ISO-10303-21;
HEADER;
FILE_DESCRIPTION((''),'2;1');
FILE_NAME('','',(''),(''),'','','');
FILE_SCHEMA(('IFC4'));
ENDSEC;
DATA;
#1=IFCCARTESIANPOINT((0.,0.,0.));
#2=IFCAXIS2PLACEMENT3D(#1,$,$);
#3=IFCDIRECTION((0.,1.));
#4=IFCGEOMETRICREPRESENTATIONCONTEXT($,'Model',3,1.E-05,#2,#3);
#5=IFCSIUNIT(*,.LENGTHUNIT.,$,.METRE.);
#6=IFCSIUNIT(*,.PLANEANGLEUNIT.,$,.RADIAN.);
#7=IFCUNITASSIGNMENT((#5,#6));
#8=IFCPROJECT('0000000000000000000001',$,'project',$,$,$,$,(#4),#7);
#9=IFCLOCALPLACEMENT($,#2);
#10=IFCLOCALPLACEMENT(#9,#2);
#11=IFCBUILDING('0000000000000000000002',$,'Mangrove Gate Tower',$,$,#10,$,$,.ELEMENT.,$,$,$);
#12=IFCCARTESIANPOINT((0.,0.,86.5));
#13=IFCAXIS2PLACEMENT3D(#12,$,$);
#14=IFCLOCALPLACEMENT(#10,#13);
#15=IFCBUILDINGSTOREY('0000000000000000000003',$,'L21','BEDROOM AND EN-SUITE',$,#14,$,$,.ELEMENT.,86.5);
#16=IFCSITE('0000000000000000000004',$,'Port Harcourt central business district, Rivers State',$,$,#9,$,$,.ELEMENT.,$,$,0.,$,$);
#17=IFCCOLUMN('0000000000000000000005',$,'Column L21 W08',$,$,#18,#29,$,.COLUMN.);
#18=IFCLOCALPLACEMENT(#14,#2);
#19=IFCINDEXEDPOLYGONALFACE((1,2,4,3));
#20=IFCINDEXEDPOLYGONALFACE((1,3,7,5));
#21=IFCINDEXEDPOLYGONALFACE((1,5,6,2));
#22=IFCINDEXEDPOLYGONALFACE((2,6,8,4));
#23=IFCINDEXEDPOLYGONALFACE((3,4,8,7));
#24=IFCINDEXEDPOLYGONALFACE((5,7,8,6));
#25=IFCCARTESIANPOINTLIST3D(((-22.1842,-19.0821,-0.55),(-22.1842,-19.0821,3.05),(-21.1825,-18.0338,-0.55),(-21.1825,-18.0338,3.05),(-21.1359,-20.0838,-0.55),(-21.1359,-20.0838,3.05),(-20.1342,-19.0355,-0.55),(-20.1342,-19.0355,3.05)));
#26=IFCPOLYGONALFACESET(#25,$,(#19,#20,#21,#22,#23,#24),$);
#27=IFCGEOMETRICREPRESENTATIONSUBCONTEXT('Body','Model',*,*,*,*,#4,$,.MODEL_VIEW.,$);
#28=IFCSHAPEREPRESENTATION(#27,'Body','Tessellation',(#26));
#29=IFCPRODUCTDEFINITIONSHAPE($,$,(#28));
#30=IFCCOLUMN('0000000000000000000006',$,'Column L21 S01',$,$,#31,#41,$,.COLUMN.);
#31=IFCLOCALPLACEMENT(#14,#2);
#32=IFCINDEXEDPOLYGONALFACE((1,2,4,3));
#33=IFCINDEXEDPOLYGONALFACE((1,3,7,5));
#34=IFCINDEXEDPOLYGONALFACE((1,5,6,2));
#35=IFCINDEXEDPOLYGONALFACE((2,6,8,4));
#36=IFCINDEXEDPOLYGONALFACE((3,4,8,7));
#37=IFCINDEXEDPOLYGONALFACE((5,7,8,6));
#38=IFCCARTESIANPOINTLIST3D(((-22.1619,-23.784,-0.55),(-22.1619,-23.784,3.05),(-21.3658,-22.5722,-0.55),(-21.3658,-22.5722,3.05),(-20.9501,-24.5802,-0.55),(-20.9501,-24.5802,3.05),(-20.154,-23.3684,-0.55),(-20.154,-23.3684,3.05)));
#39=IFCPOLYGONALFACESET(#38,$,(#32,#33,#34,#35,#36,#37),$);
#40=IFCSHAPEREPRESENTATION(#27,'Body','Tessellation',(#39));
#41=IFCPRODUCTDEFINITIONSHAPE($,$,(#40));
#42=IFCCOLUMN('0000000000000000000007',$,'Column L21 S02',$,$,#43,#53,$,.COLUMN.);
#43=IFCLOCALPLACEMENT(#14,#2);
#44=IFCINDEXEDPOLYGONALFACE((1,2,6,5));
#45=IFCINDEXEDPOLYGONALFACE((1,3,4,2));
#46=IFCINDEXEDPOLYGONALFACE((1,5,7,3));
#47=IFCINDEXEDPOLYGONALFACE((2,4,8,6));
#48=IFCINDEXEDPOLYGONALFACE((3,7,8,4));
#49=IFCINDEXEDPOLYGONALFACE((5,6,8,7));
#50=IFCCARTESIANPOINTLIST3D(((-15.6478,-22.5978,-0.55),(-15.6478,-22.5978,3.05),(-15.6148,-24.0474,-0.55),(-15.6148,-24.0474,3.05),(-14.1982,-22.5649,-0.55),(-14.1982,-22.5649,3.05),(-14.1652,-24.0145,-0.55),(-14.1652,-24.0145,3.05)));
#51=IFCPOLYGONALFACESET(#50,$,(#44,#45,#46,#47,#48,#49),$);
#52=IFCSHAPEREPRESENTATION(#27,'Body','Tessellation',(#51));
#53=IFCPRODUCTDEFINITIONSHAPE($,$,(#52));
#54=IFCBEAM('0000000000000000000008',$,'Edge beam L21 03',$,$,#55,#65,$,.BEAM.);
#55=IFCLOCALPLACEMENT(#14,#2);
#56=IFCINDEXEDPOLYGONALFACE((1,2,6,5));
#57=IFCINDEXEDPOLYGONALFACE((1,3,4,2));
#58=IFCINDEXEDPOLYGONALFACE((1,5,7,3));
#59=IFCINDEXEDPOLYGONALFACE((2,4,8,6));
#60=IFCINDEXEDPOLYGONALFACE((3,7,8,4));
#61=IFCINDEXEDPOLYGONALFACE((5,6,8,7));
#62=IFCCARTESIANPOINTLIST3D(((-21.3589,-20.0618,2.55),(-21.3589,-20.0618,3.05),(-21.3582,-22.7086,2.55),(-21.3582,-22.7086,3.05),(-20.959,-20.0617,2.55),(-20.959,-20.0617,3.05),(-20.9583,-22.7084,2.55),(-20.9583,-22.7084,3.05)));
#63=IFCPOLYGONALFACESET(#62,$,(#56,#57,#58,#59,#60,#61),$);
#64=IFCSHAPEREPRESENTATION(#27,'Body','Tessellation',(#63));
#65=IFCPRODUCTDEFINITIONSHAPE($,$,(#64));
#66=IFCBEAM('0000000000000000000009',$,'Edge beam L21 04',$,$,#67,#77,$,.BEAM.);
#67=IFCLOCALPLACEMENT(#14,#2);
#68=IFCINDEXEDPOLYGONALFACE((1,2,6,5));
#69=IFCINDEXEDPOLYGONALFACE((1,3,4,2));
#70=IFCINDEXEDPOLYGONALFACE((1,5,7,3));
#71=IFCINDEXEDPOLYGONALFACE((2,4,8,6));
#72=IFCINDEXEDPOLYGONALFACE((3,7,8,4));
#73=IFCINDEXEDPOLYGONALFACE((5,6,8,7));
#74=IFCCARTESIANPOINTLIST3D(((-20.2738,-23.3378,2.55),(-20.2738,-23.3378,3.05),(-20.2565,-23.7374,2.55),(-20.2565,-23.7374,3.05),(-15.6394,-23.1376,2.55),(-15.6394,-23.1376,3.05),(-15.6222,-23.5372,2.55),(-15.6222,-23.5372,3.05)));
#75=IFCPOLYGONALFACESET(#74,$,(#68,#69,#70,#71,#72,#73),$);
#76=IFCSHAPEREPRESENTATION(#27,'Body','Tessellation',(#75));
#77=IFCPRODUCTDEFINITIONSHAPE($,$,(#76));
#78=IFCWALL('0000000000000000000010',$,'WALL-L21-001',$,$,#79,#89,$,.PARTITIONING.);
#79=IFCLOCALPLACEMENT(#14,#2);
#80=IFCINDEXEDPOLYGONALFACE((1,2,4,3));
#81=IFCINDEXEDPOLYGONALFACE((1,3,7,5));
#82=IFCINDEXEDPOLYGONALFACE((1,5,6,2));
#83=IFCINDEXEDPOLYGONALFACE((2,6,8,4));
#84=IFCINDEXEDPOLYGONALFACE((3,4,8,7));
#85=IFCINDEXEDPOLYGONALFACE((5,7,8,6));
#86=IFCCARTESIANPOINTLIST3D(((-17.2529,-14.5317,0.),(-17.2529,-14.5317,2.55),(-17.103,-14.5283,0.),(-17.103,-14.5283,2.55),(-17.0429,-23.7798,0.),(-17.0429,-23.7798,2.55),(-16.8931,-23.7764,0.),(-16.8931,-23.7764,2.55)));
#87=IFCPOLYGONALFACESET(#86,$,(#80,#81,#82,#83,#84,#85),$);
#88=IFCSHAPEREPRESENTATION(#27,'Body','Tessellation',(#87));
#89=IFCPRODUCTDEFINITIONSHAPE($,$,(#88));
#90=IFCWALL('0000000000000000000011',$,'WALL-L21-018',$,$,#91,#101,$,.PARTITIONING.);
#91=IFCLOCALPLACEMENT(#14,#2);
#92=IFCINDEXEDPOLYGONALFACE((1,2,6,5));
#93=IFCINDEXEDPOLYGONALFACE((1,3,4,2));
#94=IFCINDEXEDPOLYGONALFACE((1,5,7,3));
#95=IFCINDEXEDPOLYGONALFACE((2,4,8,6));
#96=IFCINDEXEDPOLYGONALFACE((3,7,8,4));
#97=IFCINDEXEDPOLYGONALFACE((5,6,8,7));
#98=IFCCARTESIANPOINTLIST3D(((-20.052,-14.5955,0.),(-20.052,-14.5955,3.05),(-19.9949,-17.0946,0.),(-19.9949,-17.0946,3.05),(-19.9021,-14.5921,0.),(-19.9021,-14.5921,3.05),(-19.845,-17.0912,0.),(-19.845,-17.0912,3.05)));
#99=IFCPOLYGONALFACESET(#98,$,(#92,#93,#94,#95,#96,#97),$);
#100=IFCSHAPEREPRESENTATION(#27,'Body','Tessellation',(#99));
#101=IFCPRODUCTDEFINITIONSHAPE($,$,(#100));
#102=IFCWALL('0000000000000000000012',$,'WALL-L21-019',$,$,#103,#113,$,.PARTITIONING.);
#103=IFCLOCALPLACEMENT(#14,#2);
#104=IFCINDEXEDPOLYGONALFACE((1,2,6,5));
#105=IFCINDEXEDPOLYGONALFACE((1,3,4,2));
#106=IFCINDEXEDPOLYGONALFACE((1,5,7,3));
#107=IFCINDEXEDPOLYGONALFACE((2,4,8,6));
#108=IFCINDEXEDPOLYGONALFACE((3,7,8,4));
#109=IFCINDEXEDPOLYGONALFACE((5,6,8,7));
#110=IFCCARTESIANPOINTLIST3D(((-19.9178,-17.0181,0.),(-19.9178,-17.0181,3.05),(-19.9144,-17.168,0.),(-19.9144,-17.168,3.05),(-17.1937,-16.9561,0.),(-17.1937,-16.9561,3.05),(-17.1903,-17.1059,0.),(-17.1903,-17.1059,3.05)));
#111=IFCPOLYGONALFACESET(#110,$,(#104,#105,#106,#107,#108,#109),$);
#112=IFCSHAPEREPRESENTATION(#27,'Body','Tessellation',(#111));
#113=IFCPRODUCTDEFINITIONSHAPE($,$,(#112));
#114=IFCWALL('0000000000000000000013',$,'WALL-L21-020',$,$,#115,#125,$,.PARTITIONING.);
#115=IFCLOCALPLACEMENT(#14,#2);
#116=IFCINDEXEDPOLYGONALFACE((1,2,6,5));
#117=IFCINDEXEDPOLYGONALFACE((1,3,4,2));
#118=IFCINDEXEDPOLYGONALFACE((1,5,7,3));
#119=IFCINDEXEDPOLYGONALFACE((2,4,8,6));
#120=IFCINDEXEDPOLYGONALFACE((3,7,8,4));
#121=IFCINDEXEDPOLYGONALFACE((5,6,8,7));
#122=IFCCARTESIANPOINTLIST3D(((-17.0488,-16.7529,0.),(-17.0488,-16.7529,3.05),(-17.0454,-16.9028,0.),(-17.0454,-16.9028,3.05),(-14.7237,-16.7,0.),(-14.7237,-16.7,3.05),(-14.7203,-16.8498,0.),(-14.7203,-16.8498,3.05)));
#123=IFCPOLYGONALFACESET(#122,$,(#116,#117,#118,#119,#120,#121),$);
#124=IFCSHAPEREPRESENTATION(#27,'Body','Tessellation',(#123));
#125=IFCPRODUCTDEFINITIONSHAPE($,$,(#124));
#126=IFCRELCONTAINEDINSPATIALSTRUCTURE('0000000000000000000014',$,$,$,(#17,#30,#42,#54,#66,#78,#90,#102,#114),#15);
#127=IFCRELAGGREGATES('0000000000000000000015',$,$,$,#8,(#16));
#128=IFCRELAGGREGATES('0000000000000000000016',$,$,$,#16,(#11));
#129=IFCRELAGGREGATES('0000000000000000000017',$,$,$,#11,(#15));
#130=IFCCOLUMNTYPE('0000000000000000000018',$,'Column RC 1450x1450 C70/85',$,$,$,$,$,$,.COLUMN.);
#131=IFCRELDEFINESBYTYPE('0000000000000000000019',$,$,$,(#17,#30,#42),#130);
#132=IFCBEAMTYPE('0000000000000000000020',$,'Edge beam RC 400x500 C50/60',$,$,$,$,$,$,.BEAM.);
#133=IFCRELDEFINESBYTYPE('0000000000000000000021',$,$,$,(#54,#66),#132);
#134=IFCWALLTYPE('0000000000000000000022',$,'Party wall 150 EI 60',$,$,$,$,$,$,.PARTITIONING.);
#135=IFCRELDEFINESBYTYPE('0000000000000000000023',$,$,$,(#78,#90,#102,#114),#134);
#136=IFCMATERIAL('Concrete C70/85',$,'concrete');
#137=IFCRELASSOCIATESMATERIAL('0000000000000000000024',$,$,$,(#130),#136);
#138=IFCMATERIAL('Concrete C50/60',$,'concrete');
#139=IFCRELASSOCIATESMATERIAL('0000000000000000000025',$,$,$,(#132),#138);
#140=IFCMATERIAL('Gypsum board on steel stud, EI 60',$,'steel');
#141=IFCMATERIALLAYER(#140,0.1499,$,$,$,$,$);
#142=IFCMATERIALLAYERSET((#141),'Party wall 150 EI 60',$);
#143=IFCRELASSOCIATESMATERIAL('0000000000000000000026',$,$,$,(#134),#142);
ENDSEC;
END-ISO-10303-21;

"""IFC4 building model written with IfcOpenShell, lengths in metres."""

from ifc_helpers import new_model, si_unit, direction, frame, frame_2d, origin, origin_2d, place, context, subcontext, project, spatial, rectangle, extrude, material, layer, layer_set, material_profile, profile_set, type_object, element, save


model = new_model("IFC4")

# Units and contexts
model_context = context("Model", 3, precision=1e-05, world=origin(), true_north=direction((0.0, 1.0)))
body_context = subcontext(model_context, "Body", "Model", "MODEL_VIEW")
ifc_project = project(units=[si_unit("LENGTHUNIT", "METRE"), si_unit("PLANEANGLEUNIT", "RADIAN")], contexts=[model_context])

# Site, building, storey
site_placement = place(None, origin())
site = spatial("IfcSite", under=ifc_project, at=site_placement, Name="Port Harcourt central business district, Rivers State", CompositionType="ELEMENT", RefElevation=0.0)
building_placement = place(site_placement, origin())
building = spatial("IfcBuilding", under=site, at=building_placement, Name="Mangrove Gate Tower", CompositionType="ELEMENT")
storey_placement = place(building_placement, frame((0.0, 0.0, 86.5)))
storey = spatial("IfcBuildingStorey", under=building, at=storey_placement, Name="L21", Description="BEDROOM AND EN-SUITE", CompositionType="ELEMENT", Elevation=86.5)

# Columns
ifc_material_1 = material(Name="Concrete C70/85", Category="concrete")
ifc_material_profile_1 = material_profile(ifc_material_1, rectangle(XDim=1.45, YDim=1.45, at=origin_2d()))
ifc_profile_set_1 = profile_set([ifc_material_profile_1], Name="Concrete C70/85")
column_type = type_object("IfcColumnType", Name="Column RC 1450x1450 C70/85", PredefinedType="COLUMN", material=ifc_profile_set_1)
for number, where, z_axis, x_axis, name in (
    (1, (-21.1592, -19.0588, -0.55), (0.0, 0.0, 1.0), (0.722989, -0.69086, 0.0), "Column L21 W08"),
    (2, (-21.158, -23.5762, -0.55), (0.0, 0.0, 1.0), (0.835754, -0.549104, 0.0), "Column L21 S01"),
    (3, (-14.9065, -23.3062, -0.55), (0.0, 0.0, 1.0), (0.999742, 0.022721, 0.0), "Column L21 S02"),
):
    element("IfcColumn", number, at=place(storey_placement, frame(where, z_axis=z_axis, x_axis=x_axis)), inside=storey, type_object=column_type, Name=name, PredefinedType="COLUMN", context=body_context, shape_type="SweptSolid", body=[
        extrude(rectangle(XDim=1.45, YDim=1.45, at=origin_2d()), origin(), (0.0, 0.0, 1.0), 3.6001),
    ])

# Beams
ifc_material_2 = material(Name="Concrete C50/60", Category="concrete")
ifc_material_profile_2 = material_profile(ifc_material_2, rectangle(XDim=0.3999, YDim=0.5, at=origin_2d()))
ifc_profile_set_2 = profile_set([ifc_material_profile_2], Name="Concrete C50/60")
beam_type = type_object("IfcBeamType", Name="Edge beam RC 400x500 C50/60", PredefinedType="BEAM", material=ifc_profile_set_2)
beam_1_placement = place(storey_placement, frame((-21.1589, -20.0618, 2.8), z_axis=(0.000277, -1.0, 0.0), x_axis=(1.0, 0.000277, 0.0)))
element("IfcBeam", 4, at=beam_1_placement, inside=storey, type_object=beam_type, Name="Edge beam L21 03", PredefinedType="BEAM", context=body_context, shape_type="SweptSolid", body=[
    extrude(rectangle(XDim=0.3999, YDim=0.5, at=origin_2d()), origin(), (0.0, 0.0, 1.0), 2.6467),
])
beam_2_placement = place(storey_placement, frame((-20.2651, -23.5376, 2.8), z_axis=(0.999068, 0.043159, 0.0), x_axis=(-0.043159, 0.999068, 0.0)))
element("IfcBeam", 5, at=beam_2_placement, inside=storey, type_object=beam_type, Name="Edge beam L21 04", PredefinedType="BEAM", context=body_context, shape_type="SweptSolid", body=[
    extrude(rectangle(XDim=0.3999, YDim=0.5, at=origin_2d()), origin(), (0.0, 0.0, 1.0), 4.6387),
])

# Walls
ifc_material_3 = material(Name="Gypsum board on steel stud, EI 60", Category="steel")
ifc_layer = layer(ifc_material_3, 0.1499)
ifc_layer_set = layer_set([ifc_layer], Name="Party wall 150 EI 60")
wall_type = type_object("IfcWallType", Name="Party wall 150 EI 60", PredefinedType="PARTITIONING", material=ifc_layer_set)
wall_1_placement = place(storey_placement, frame((-16.968, -23.7781, 0.0), z_axis=(0.0, 0.0, 1.0), x_axis=(-0.022697, 0.999742, 0.0)))
element("IfcWall", 6, at=wall_1_placement, inside=storey, type_object=wall_type, Name="WALL-L21-001", PredefinedType="PARTITIONING", context=body_context, shape_type="SweptSolid", body=[
    extrude(rectangle(XDim=9.2505, YDim=0.1499, at=frame_2d((4.6252, 0.0))), origin(), (0.0, 0.0, 1.0), 2.55),
])
wall_2_placement = place(storey_placement, frame((-19.9199, -17.093, 0.0), z_axis=(0.0, 0.0, 1.0), x_axis=(-0.022855, 0.999739, 0.0)))
element("IfcWall", 7, at=wall_2_placement, inside=storey, type_object=wall_type, Name="WALL-L21-018", PredefinedType="PARTITIONING", context=body_context, shape_type="SweptSolid", body=[
    extrude(rectangle(XDim=2.4998, YDim=0.1499, at=frame_2d((1.25, 0.0))), origin(), (0.0, 0.0, 1.0), 3.05),
])
wall_3_placement = place(storey_placement, frame((-19.916, -17.093, 0.0), z_axis=(0.0, 0.0, 1.0), x_axis=(0.999741, 0.022758, 0.0)))
element("IfcWall", 8, at=wall_3_placement, inside=storey, type_object=wall_type, Name="WALL-L21-019", PredefinedType="PARTITIONING", context=body_context, shape_type="SweptSolid", body=[
    extrude(rectangle(XDim=2.7249, YDim=0.1499, at=frame_2d((1.3623, 0.0))), origin(), (0.0, 0.0, 1.0), 3.05),
])
wall_4_placement = place(storey_placement, frame((-17.0471, -16.8279, 0.0), z_axis=(0.0, 0.0, 1.0), x_axis=(0.999741, 0.022779, 0.0)))
element("IfcWall", 9, at=wall_4_placement, inside=storey, type_object=wall_type, Name="WALL-L21-020", PredefinedType="PARTITIONING", context=body_context, shape_type="SweptSolid", body=[
    extrude(rectangle(XDim=2.3257, YDim=0.1499, at=frame_2d((1.1628, 0.0))), origin(), (0.0, 0.0, 1.0), 3.05),
])

save(model, "model.ifc")
